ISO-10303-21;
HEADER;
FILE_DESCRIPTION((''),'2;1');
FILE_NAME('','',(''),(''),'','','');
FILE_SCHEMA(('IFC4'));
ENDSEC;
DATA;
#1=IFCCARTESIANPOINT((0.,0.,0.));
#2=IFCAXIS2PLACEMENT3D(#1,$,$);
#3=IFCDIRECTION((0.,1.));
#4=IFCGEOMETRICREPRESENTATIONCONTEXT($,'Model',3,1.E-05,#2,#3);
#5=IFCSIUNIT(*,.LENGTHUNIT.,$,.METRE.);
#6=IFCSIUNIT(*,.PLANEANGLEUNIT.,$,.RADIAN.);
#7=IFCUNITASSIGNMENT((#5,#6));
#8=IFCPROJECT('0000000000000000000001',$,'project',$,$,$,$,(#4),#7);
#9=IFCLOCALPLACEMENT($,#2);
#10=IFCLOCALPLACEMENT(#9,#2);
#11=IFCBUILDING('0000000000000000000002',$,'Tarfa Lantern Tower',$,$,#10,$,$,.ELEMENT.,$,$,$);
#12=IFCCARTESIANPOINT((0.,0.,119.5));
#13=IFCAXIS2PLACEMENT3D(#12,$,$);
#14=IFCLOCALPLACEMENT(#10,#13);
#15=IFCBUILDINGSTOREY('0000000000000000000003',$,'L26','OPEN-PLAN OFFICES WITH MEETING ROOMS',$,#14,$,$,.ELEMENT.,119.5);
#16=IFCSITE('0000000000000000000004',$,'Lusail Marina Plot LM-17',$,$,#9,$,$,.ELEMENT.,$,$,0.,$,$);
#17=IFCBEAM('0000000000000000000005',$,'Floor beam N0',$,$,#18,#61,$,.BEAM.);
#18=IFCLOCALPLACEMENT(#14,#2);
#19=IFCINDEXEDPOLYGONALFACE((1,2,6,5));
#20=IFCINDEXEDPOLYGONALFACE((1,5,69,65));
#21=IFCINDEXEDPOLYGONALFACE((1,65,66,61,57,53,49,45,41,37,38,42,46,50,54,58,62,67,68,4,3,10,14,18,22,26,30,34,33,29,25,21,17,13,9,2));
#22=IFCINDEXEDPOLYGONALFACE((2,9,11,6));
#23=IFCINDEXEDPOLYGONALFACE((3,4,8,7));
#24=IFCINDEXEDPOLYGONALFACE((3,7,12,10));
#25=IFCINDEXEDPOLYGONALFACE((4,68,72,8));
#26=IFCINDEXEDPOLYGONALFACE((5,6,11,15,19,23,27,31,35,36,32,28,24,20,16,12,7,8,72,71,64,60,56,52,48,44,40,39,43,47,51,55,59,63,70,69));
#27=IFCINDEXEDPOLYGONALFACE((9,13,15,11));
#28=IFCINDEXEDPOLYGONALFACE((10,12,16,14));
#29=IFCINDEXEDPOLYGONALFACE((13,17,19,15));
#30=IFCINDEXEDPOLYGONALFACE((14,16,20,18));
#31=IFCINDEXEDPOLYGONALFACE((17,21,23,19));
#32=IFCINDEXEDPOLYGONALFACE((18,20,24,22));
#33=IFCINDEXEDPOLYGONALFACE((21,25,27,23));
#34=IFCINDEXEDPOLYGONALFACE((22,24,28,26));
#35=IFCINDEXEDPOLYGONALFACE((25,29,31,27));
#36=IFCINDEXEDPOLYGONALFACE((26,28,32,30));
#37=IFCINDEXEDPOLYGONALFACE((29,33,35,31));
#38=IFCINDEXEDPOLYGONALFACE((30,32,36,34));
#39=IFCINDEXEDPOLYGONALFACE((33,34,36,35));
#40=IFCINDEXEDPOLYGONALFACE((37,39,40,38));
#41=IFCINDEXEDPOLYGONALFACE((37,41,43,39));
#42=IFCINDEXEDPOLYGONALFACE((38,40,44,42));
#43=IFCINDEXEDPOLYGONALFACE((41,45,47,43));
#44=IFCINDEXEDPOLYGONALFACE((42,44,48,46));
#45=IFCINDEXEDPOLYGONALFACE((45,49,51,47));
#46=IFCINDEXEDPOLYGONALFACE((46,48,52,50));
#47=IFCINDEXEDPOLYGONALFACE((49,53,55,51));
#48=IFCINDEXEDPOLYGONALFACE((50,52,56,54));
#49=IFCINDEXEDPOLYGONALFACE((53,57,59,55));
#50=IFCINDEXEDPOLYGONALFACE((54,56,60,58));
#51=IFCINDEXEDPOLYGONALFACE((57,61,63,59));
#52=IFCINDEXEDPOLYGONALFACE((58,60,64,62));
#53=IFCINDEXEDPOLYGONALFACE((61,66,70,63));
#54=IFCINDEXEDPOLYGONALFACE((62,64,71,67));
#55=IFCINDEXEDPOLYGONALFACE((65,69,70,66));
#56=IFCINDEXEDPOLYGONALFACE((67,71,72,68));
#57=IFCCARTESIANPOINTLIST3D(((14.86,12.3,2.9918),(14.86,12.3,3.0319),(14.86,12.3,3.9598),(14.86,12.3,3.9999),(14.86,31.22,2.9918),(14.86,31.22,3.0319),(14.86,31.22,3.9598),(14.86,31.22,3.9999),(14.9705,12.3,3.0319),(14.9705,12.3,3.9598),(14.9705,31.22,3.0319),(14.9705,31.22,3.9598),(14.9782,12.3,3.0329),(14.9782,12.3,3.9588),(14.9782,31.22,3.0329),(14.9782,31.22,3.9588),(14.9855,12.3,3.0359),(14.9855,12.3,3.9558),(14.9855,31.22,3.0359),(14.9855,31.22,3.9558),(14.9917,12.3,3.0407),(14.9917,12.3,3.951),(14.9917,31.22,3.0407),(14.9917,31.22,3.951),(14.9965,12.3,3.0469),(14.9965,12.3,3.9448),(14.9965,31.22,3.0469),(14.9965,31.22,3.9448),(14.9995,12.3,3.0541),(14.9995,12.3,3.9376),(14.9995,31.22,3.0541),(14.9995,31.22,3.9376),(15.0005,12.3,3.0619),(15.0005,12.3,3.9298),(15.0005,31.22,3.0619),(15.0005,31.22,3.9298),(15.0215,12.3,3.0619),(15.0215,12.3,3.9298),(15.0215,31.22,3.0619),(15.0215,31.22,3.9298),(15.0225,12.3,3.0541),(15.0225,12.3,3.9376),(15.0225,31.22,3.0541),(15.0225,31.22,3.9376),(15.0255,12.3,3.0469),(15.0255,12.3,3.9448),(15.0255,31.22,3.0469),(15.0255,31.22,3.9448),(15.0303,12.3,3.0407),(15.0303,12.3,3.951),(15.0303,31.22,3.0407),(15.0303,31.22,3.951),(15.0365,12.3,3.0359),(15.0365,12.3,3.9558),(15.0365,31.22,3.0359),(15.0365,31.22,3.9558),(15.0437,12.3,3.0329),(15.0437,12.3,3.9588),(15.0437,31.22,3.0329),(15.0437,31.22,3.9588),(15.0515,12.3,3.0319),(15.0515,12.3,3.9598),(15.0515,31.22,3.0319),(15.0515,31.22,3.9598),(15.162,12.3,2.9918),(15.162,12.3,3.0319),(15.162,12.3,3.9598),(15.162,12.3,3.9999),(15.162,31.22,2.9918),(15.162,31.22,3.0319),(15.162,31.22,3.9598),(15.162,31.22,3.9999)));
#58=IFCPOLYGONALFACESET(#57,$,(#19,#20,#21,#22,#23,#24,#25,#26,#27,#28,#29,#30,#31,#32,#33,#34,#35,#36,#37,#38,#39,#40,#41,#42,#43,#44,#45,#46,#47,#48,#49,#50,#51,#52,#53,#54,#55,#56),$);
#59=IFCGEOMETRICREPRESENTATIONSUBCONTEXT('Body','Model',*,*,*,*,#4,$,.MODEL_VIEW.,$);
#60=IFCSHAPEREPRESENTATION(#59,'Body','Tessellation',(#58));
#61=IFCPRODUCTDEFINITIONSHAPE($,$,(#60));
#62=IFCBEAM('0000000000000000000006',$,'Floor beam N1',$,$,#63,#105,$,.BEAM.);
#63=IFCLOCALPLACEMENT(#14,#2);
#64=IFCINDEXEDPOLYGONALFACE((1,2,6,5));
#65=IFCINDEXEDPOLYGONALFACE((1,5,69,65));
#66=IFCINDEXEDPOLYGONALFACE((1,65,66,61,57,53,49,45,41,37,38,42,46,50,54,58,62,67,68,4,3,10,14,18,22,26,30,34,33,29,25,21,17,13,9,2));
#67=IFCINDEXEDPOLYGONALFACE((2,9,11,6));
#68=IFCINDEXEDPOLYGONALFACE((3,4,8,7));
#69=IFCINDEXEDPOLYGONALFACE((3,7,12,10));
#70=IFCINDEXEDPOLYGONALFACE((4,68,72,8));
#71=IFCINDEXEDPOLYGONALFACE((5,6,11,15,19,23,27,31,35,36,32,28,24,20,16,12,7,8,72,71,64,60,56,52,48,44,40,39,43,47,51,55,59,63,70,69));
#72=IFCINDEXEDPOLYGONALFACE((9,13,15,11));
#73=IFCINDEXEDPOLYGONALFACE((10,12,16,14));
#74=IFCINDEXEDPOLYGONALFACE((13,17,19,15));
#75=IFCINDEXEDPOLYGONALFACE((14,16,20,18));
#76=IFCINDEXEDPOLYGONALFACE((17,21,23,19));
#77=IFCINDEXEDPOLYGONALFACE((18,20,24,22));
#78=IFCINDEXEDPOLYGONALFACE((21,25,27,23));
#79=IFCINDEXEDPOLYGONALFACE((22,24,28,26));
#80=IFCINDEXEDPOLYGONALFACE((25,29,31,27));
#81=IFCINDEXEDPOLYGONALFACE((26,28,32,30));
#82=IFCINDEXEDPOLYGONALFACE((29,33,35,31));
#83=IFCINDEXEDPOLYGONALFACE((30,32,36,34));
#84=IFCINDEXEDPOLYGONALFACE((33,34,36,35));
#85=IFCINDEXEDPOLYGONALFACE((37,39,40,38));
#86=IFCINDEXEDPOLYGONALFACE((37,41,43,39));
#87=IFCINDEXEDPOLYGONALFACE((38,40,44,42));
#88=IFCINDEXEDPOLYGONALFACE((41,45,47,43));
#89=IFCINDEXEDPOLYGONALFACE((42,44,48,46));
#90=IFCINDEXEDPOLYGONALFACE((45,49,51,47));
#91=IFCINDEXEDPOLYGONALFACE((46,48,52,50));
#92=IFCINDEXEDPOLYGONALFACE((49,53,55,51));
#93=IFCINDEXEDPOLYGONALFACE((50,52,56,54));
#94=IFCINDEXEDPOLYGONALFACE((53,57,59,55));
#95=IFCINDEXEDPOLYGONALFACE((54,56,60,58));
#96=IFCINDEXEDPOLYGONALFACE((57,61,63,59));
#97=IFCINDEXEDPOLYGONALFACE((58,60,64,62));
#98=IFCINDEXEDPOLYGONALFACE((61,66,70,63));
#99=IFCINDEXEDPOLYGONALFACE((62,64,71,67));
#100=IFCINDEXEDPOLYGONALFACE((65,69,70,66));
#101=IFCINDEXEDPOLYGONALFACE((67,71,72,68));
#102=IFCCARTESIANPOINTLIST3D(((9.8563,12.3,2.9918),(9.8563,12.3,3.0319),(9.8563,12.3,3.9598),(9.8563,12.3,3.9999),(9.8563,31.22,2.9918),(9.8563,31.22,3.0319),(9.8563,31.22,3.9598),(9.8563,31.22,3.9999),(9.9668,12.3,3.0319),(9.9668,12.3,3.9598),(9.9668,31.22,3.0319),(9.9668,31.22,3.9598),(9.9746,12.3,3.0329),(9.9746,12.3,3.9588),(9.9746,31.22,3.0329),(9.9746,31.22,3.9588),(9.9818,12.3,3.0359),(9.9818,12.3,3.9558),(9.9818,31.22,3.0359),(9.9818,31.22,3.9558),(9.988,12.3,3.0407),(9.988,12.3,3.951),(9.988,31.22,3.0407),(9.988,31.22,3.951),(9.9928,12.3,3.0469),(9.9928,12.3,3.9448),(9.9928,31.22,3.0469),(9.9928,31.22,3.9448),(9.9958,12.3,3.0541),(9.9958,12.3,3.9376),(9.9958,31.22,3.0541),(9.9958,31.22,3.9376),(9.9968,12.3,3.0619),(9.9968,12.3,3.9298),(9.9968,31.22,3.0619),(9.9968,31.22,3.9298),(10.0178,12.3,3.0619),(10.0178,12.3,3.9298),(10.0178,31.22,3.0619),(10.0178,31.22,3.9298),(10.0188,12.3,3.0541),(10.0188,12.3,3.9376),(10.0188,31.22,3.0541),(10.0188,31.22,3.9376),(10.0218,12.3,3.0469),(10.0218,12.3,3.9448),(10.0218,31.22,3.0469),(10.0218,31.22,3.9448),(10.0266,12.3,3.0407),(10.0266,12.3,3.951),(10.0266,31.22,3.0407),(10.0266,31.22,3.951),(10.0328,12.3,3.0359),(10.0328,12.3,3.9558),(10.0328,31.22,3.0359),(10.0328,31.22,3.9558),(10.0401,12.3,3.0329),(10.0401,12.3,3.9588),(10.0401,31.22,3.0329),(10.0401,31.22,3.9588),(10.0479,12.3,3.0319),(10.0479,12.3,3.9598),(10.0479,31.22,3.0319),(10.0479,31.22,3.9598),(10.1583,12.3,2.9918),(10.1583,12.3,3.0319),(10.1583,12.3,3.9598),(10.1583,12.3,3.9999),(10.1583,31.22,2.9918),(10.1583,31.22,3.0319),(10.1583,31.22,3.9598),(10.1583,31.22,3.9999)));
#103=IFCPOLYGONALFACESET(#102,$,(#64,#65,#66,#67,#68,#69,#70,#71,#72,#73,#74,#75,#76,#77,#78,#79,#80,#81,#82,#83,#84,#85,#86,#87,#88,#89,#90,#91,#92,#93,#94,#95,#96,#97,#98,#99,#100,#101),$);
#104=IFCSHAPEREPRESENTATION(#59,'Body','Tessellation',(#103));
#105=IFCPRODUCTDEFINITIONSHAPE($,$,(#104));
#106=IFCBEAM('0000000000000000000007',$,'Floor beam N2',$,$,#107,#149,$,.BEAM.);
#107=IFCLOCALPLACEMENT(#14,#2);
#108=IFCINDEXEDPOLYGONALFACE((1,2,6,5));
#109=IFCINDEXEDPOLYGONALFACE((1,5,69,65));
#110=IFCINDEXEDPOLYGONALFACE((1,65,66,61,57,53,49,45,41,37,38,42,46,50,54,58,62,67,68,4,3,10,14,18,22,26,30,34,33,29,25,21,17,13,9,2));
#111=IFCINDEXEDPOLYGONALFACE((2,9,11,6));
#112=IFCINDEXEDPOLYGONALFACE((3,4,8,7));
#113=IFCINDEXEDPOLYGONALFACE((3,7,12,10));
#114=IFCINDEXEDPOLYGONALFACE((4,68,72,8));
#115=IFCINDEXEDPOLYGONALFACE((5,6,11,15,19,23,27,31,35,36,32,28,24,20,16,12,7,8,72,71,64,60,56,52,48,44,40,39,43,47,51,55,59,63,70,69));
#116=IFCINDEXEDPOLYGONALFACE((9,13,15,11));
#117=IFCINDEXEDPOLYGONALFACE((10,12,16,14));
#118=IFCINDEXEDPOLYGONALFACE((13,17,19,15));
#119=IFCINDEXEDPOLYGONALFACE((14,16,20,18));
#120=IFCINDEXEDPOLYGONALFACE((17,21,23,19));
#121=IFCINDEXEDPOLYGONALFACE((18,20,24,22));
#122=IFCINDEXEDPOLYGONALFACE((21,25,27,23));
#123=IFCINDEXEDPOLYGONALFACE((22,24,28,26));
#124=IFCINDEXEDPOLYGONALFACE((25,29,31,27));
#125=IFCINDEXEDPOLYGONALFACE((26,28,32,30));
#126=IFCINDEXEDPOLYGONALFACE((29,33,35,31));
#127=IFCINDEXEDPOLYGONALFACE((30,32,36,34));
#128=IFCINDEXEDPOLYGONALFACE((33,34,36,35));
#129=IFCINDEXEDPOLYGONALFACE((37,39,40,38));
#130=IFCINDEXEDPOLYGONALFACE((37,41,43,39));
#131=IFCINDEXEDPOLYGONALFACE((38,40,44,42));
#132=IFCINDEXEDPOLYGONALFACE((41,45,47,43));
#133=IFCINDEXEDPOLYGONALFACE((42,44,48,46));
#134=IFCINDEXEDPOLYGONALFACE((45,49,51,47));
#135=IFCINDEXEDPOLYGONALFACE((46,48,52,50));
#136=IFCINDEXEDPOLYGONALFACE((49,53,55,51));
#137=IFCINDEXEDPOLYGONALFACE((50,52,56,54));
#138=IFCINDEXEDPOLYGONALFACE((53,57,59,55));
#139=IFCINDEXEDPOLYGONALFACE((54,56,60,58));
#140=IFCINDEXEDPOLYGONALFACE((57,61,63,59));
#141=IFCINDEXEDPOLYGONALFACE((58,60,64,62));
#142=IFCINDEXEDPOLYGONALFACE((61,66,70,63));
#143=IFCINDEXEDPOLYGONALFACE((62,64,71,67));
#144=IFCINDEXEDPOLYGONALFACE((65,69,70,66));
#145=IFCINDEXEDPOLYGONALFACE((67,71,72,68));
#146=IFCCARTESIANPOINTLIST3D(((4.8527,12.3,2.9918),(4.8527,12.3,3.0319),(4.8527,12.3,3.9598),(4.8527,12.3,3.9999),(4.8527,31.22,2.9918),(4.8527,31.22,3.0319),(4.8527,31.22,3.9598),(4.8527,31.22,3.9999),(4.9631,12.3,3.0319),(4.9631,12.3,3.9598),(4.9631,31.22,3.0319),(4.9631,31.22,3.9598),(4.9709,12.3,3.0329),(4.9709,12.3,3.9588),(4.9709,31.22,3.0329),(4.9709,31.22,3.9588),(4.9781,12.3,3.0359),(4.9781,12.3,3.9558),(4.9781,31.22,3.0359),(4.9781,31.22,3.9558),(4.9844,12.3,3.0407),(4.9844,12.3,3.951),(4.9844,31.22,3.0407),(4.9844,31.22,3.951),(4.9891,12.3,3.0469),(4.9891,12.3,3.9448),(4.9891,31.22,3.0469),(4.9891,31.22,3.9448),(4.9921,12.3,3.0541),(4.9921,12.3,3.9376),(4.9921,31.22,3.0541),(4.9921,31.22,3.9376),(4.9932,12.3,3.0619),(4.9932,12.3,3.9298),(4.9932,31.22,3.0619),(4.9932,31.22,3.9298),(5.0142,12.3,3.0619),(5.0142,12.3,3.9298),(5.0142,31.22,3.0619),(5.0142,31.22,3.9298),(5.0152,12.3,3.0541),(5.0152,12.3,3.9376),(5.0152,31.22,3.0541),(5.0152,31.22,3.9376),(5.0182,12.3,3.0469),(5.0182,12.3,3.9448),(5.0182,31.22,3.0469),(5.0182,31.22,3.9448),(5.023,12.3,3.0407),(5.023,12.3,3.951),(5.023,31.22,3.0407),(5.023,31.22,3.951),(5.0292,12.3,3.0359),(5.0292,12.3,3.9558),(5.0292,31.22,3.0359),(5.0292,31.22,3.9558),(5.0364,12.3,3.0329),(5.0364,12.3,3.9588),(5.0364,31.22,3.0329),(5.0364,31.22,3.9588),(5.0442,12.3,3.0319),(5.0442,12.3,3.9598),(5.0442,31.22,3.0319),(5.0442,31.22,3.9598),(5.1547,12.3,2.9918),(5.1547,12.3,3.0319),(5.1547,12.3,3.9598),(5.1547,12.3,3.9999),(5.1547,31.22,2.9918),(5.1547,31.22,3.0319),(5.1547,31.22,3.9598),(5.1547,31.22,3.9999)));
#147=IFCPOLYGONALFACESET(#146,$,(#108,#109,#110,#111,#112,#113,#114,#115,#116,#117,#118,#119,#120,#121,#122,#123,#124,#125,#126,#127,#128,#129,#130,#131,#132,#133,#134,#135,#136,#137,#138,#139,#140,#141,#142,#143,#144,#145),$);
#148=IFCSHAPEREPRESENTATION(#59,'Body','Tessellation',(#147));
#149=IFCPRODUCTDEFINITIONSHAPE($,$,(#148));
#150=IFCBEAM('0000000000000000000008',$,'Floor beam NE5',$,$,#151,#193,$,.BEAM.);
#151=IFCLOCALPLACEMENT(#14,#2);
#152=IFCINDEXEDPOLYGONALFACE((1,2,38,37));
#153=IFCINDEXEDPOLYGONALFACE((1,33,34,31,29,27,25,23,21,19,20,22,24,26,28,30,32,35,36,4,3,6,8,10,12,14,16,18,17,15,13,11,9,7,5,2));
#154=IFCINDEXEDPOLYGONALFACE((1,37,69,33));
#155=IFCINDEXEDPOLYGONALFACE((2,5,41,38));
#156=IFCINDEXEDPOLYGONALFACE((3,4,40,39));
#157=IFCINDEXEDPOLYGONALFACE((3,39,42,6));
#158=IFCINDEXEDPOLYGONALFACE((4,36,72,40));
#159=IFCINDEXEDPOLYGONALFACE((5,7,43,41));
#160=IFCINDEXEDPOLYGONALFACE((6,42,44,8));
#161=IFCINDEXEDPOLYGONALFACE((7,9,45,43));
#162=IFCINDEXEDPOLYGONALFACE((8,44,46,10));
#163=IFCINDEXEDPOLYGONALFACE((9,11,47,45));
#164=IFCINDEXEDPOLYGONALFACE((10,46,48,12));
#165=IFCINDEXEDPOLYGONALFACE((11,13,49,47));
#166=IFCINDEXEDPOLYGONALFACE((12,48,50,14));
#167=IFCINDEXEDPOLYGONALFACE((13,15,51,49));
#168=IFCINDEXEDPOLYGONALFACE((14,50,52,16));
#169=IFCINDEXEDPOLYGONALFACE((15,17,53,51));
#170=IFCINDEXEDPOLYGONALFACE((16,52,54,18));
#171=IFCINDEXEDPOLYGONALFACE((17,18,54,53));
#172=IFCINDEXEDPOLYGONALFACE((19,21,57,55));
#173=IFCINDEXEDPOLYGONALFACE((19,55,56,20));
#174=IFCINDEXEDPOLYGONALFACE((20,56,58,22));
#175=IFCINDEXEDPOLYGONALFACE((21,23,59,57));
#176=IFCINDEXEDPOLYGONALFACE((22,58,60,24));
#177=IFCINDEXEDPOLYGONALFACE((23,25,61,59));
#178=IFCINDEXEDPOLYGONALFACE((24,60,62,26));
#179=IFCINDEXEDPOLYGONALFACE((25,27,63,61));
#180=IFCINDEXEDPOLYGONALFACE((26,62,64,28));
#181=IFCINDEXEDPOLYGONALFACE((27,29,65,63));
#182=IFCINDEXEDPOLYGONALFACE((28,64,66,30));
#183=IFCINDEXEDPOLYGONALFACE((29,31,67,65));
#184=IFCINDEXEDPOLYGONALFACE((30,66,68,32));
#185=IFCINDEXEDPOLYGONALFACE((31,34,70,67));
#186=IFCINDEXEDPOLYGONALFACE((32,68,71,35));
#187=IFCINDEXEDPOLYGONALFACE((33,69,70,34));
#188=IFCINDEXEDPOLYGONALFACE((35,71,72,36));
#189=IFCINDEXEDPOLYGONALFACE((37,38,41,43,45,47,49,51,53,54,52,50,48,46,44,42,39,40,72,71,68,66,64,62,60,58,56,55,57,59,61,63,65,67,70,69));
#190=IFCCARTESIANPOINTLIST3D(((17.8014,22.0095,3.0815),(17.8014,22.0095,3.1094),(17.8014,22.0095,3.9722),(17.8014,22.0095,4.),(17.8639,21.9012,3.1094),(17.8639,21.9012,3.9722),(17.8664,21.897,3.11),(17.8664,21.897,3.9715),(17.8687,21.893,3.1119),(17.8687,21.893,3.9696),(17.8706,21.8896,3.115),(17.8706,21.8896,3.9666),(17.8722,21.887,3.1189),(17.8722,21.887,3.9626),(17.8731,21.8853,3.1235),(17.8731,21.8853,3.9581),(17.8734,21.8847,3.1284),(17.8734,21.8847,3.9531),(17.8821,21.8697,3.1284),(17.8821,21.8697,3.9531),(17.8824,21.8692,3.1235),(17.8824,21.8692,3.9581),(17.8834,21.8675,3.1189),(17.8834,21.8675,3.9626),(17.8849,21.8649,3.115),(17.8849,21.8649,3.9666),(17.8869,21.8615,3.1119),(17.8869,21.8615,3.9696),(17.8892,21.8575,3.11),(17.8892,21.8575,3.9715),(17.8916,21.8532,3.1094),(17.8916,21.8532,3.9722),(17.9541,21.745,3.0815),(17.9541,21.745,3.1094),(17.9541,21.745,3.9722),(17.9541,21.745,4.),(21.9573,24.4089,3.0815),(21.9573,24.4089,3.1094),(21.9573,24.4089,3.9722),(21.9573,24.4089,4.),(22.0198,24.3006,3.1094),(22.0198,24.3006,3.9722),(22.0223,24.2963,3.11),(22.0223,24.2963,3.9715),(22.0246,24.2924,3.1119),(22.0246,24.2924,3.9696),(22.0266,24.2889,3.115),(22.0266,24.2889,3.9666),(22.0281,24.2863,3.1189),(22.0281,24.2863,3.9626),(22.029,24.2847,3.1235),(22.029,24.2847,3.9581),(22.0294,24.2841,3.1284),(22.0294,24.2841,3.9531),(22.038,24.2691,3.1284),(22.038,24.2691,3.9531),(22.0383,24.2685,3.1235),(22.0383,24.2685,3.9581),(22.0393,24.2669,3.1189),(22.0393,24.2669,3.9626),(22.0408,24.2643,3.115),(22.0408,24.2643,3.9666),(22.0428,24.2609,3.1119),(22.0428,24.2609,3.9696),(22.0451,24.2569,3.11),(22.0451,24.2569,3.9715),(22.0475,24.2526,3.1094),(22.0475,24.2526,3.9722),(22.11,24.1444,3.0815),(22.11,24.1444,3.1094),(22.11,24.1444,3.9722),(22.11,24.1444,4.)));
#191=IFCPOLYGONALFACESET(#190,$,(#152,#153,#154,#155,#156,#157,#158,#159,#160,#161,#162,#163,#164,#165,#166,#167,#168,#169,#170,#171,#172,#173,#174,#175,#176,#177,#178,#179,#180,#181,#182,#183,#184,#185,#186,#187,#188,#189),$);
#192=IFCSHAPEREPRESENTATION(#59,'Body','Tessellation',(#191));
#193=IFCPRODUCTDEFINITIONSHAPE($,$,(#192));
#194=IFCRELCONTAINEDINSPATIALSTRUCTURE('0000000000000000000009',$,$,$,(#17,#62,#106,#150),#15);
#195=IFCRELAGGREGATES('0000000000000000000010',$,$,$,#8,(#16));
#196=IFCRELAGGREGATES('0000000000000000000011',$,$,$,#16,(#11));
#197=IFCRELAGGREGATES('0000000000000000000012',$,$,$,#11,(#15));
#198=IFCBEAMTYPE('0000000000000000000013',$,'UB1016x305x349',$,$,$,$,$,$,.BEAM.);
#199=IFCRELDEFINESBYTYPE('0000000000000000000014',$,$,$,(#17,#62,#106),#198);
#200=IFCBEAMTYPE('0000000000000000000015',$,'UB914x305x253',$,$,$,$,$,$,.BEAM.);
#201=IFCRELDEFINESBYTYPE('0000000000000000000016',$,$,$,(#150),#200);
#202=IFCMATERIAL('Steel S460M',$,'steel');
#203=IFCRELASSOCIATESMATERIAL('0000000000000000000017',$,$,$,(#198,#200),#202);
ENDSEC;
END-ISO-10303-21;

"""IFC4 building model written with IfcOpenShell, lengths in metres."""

from ifc_helpers import new_model, si_unit, direction, frame, origin, origin_2d, place, context, subcontext, project, spatial, i_section, extrude, material, material_profile, profile_set, type_object, element, save


model = new_model("IFC4")

# Units and contexts
model_context = context("Model", 3, precision=1e-05, world=origin(), true_north=direction((0.0, 1.0)))
body_context = subcontext(model_context, "Body", "Model", "MODEL_VIEW")
ifc_project = project(units=[si_unit("LENGTHUNIT", "METRE"), si_unit("PLANEANGLEUNIT", "RADIAN")], contexts=[model_context])

# Site, building, storey
site_placement = place(None, origin())
site = spatial("IfcSite", under=ifc_project, at=site_placement, Name="Lusail Marina Plot LM-17", CompositionType="ELEMENT", RefElevation=0.0)
building_placement = place(site_placement, origin())
building = spatial("IfcBuilding", under=site, at=building_placement, Name="Tarfa Lantern Tower", CompositionType="ELEMENT")
storey_placement = place(building_placement, frame((0.0, 0.0, 119.5)))
storey = spatial("IfcBuildingStorey", under=building, at=storey_placement, Name="L26", Description="OPEN-PLAN OFFICES WITH MEETING ROOMS", CompositionType="ELEMENT", Elevation=119.5)

# Beams
ifc_material_1 = material(Name="Steel S460M", Category="steel")
ifc_material_profile_1 = material_profile(ifc_material_1, i_section(OverallWidth=0.302, OverallDepth=1.0081, WebThickness=0.021, FlangeThickness=0.04, FilletRadius=0.03, at=origin_2d()), Name="UB1016x305x349")
ifc_profile_set_1 = profile_set([ifc_material_profile_1], Name="Steel S460M")
beam_type_1 = type_object("IfcBeamType", Name="UB1016x305x349", PredefinedType="BEAM", material=ifc_profile_set_1)
for number, where, z_axis, x_axis, name in (
    (1, (15.011, 31.22, 3.4958), (0.0, -1.0, 0.0), (1.0, 0.0, 0.0), "Floor beam N0"),
    (2, (10.0073, 31.22, 3.4958), (0.0, -1.0, 0.0), (1.0, 0.0, 0.0), "Floor beam N1"),
    (3, (5.0037, 31.22, 3.4958), (0.0, -1.0, 0.0), (1.0, 0.0, 0.0), "Floor beam N2"),
):
    element("IfcBeam", number, at=place(storey_placement, frame(where, z_axis=z_axis, x_axis=x_axis)), inside=storey, type_object=beam_type_1, Name=name, PredefinedType="BEAM", context=body_context, shape_type="SweptSolid", body=[
        extrude(i_section(OverallWidth=0.302, OverallDepth=1.0081, WebThickness=0.021, FlangeThickness=0.04, FilletRadius=0.03, at=origin_2d()), origin(), (0.0, 0.0, 1.0), 18.9199),
    ])
ifc_material_profile_2 = material_profile(ifc_material_1, i_section(OverallWidth=0.3054, OverallDepth=0.9185, WebThickness=0.0173, FlangeThickness=0.0278, FilletRadius=0.019, at=origin_2d()), Name="UB914x305x253")
ifc_profile_set_2 = profile_set([ifc_material_profile_2], Name="Steel S460M")
beam_type_2 = type_object("IfcBeamType", Name="UB914x305x253", PredefinedType="BEAM", material=ifc_profile_set_2)
beam_1_placement = place(storey_placement, frame((22.0337, 24.2766, 3.5408), z_axis=(-0.866031, -0.499991, 0.0), x_axis=(0.499991, -0.866031, 0.0)))
element("IfcBeam", 4, at=beam_1_placement, inside=storey, type_object=beam_type_2, Name="Floor beam NE5", PredefinedType="BEAM", context=body_context, shape_type="SweptSolid", body=[
    extrude(i_section(OverallWidth=0.3054, OverallDepth=0.9185, WebThickness=0.0173, FlangeThickness=0.0278, FilletRadius=0.019, at=origin_2d()), origin(), (0.0, 0.0, 1.0), 4.7988),
])

save(model, "model.ifc")
